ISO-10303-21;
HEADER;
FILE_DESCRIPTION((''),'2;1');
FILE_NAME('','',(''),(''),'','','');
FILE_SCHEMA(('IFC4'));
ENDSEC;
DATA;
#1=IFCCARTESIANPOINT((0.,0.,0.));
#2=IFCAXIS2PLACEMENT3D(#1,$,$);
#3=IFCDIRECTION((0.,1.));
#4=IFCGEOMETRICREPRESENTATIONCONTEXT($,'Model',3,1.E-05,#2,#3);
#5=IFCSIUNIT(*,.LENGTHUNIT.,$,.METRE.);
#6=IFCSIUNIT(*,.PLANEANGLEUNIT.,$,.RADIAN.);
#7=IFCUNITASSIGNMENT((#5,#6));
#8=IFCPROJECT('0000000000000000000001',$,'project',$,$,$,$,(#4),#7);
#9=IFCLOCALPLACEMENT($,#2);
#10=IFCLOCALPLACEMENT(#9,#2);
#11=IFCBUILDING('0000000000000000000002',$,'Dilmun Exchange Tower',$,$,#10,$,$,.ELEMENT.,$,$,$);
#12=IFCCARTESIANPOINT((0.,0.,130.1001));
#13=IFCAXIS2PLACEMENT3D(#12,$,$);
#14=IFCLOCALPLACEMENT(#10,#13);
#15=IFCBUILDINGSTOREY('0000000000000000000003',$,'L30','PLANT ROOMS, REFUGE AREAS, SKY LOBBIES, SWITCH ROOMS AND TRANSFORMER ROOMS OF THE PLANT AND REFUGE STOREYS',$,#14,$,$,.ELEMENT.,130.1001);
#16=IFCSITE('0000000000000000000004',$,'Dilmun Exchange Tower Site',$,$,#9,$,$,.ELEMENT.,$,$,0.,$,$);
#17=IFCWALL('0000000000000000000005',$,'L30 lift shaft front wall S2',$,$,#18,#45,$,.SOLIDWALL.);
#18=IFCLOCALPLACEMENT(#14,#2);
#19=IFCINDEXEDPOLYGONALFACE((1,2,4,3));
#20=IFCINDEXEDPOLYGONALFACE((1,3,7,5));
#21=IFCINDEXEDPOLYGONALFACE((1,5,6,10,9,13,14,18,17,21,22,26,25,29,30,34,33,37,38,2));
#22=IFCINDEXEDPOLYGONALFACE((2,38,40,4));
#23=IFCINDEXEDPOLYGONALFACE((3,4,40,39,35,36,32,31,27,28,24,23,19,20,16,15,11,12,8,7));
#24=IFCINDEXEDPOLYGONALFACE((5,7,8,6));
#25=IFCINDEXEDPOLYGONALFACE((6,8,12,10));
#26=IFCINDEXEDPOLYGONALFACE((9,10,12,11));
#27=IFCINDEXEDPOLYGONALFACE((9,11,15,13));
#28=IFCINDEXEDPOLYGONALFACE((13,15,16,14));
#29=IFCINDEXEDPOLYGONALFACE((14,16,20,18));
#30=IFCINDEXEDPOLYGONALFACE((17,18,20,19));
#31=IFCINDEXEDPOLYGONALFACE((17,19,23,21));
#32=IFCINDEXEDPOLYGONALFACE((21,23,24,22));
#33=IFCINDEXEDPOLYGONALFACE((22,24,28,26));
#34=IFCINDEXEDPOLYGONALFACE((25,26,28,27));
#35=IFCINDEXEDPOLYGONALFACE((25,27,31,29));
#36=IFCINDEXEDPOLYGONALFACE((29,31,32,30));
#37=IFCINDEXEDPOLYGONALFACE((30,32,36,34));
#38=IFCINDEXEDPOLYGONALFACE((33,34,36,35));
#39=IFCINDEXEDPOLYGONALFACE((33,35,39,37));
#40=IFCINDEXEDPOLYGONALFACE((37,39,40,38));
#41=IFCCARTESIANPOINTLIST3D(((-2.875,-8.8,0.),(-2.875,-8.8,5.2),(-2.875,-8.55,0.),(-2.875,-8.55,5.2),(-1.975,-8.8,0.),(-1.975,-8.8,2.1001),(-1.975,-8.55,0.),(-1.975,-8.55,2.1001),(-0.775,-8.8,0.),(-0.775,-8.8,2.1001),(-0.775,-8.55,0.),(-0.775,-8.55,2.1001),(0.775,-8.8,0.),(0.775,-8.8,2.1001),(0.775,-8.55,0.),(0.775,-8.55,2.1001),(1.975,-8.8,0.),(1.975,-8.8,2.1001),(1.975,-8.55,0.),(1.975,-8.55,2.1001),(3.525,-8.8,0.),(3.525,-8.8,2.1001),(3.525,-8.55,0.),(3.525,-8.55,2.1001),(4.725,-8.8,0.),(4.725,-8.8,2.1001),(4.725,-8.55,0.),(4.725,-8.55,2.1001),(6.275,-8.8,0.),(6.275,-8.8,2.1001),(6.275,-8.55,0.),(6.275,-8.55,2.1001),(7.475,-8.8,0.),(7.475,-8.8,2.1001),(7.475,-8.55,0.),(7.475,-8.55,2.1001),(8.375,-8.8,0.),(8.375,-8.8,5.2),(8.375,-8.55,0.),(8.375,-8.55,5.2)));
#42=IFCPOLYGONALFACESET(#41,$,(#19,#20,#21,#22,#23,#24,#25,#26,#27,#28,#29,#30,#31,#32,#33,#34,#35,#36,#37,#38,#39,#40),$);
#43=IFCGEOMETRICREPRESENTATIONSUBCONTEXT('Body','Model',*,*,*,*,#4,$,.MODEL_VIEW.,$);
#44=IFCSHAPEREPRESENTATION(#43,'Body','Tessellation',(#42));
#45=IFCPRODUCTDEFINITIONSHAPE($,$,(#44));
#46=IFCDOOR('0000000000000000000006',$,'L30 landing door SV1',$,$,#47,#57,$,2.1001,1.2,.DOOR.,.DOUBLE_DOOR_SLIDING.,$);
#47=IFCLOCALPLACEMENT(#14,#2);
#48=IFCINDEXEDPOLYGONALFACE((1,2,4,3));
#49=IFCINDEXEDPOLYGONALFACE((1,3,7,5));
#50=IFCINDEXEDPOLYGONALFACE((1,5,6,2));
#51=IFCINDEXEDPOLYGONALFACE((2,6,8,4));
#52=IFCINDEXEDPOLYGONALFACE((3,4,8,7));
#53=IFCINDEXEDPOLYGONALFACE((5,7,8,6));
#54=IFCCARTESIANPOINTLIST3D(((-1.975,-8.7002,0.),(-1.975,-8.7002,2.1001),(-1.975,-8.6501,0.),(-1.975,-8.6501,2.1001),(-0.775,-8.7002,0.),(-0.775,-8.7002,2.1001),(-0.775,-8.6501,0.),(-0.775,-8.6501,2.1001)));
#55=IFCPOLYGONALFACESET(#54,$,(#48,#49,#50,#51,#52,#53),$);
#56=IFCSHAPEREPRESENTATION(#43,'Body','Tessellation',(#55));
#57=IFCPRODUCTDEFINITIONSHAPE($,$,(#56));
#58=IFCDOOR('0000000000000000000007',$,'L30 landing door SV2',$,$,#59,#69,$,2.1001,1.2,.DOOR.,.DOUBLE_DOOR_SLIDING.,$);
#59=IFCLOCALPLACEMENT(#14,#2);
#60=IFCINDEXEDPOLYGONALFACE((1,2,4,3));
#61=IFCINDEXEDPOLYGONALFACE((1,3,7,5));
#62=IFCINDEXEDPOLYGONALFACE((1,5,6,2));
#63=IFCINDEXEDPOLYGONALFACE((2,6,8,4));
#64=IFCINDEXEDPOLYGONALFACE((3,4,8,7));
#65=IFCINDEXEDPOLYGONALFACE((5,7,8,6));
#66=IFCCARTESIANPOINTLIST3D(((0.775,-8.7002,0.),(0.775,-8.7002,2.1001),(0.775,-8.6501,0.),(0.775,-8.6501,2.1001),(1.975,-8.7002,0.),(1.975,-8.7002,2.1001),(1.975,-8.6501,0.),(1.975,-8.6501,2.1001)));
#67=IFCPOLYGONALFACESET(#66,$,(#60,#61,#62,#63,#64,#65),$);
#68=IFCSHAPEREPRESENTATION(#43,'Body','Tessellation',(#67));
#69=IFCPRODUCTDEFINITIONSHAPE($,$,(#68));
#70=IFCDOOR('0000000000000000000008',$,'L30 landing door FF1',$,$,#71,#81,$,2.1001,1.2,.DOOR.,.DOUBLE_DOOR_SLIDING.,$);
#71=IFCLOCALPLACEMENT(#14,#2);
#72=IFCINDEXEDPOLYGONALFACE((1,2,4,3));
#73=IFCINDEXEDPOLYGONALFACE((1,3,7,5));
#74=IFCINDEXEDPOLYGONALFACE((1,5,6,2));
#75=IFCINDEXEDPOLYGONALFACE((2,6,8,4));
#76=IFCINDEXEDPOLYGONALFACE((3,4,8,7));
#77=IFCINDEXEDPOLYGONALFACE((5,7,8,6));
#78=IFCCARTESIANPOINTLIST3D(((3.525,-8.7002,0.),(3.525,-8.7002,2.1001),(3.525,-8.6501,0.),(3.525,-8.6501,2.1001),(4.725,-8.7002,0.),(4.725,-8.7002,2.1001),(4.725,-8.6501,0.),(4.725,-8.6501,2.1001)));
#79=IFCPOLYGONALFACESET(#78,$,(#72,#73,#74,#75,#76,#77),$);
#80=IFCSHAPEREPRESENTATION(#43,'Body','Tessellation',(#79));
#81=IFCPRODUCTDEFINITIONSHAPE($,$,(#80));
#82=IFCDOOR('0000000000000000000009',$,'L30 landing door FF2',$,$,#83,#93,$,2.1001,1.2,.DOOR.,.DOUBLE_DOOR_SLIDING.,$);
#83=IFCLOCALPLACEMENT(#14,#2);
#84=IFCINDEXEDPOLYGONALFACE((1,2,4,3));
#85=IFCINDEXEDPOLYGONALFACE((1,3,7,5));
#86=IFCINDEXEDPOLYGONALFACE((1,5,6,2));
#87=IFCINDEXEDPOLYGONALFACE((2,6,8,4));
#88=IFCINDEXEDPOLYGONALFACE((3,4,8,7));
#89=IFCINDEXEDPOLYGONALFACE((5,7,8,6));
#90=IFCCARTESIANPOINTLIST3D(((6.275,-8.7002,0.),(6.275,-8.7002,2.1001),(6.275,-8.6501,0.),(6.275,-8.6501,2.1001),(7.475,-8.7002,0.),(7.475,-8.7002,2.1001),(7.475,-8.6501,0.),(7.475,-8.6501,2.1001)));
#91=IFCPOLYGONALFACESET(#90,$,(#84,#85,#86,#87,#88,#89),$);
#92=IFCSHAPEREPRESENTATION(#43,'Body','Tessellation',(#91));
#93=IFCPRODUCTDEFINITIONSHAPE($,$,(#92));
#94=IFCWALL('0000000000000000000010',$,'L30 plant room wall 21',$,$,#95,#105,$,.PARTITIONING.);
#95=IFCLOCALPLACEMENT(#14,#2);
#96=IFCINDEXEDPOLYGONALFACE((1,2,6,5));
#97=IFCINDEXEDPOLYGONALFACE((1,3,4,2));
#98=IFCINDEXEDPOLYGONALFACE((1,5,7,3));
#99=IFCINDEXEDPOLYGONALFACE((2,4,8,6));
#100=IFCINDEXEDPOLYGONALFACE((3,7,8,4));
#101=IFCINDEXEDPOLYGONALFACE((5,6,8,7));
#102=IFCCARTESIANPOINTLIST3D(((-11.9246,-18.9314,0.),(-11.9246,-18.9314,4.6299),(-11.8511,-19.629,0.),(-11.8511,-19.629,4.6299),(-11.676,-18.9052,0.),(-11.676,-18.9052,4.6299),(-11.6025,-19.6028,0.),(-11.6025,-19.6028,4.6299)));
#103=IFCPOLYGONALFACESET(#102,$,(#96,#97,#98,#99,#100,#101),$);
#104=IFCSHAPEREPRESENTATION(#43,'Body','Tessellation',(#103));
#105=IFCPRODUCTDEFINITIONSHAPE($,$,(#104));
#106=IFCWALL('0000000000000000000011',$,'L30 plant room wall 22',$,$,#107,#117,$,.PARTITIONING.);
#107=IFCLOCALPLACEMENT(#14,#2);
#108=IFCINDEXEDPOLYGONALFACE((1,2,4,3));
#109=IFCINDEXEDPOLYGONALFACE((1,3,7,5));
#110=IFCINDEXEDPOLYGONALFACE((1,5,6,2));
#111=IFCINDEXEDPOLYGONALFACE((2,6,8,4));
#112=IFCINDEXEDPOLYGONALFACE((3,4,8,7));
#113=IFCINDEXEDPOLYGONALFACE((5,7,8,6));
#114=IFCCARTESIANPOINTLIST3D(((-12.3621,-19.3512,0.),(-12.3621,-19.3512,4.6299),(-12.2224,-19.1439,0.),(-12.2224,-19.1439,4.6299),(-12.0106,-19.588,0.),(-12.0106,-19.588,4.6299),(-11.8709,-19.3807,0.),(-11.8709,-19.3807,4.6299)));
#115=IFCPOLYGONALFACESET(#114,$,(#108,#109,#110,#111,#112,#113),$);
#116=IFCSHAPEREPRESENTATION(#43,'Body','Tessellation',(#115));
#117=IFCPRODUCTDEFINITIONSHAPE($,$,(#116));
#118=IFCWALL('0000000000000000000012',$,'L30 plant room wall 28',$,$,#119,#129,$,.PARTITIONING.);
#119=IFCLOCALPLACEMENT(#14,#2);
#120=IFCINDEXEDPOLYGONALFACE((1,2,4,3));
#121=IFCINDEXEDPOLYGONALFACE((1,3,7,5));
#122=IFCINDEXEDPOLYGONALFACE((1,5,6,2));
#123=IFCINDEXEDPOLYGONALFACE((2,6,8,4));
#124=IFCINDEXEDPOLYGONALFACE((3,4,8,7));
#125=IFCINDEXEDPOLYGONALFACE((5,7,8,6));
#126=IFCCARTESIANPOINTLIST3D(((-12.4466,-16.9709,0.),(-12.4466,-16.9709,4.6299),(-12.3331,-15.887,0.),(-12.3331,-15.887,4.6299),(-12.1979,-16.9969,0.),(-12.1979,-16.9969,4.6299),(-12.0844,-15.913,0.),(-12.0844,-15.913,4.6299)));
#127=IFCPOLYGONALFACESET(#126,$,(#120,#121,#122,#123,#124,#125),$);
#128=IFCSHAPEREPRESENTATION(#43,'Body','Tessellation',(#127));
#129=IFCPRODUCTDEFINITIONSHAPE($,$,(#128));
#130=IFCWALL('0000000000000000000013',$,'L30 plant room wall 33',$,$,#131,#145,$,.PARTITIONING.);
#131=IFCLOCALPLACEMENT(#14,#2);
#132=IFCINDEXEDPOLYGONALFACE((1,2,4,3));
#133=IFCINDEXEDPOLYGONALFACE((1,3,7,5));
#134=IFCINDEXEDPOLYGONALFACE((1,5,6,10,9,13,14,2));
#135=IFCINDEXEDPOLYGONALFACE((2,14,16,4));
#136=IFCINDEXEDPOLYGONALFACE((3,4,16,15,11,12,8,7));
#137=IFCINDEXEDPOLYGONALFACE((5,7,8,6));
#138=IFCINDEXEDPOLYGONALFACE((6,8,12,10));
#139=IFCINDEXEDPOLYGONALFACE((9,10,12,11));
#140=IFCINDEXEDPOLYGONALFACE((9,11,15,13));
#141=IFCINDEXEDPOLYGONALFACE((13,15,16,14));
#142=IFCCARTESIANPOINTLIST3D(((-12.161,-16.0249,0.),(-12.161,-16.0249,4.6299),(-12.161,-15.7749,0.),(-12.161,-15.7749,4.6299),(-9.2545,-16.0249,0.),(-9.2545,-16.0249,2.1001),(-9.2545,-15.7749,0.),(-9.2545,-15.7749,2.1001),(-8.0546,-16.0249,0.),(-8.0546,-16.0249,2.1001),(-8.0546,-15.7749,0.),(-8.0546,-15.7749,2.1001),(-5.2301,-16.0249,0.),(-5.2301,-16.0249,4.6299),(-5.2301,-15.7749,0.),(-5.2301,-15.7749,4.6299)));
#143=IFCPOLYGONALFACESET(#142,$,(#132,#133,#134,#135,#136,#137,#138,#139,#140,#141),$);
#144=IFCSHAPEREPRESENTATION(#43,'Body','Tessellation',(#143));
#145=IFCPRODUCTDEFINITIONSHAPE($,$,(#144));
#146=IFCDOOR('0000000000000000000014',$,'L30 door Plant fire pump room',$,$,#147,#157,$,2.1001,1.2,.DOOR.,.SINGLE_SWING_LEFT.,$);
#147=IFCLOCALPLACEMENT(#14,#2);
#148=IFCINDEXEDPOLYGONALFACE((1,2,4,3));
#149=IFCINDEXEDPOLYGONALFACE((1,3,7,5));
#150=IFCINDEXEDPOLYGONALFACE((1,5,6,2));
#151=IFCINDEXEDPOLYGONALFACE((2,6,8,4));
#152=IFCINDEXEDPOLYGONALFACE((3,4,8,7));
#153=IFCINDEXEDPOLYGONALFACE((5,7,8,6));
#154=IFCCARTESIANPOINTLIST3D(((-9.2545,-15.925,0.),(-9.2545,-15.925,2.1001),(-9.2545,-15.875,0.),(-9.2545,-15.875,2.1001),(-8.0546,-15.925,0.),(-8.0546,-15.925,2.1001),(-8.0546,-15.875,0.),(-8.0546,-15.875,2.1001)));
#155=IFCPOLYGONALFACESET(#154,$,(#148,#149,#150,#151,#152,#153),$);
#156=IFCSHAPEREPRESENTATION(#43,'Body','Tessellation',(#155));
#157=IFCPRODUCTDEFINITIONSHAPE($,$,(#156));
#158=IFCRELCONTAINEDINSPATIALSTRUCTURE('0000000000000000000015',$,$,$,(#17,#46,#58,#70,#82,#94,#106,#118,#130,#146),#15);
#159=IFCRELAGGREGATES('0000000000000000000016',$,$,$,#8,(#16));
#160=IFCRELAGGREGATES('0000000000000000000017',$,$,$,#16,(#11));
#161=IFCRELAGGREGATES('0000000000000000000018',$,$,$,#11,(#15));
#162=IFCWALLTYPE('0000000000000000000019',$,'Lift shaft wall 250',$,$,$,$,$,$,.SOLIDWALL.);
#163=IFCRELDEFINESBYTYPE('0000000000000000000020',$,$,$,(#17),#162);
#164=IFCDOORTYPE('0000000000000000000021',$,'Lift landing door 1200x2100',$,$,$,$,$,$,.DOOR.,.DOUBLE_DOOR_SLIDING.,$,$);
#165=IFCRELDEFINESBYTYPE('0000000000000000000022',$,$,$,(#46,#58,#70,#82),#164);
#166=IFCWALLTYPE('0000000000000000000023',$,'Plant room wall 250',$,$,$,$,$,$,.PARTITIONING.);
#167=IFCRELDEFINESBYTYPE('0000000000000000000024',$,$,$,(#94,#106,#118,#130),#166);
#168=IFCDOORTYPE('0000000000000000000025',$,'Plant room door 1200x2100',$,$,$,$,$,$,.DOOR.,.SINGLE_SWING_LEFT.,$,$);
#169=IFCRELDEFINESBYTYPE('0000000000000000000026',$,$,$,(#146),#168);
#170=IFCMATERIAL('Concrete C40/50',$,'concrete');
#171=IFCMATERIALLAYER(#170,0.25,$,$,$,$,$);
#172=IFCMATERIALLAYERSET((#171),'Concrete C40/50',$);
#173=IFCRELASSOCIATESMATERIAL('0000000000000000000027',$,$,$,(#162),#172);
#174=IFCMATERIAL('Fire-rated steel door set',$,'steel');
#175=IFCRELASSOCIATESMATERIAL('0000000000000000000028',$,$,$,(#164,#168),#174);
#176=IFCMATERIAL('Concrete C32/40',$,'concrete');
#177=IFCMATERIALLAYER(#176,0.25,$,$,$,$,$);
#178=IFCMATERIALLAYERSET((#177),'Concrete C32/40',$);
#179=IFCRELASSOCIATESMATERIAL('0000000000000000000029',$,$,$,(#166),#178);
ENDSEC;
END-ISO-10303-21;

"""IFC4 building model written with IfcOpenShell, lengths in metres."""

from ifc_helpers import new_model, si_unit, direction, frame, frame_2d, origin, place, context, subcontext, project, spatial, rectangle, extrude, material, layer, layer_set, type_object, element, fill, save


model = new_model("IFC4")

# Units and contexts
model_context = context("Model", 3, precision=1e-05, world=origin(), true_north=direction((0.0, 1.0)))
body_context = subcontext(model_context, "Body", "Model", "MODEL_VIEW")
ifc_project = project(units=[si_unit("LENGTHUNIT", "METRE"), si_unit("PLANEANGLEUNIT", "RADIAN")], contexts=[model_context])

# Site, building, storey
site_placement = place(None, origin())
site = spatial("IfcSite", under=ifc_project, at=site_placement, Name="Dilmun Exchange Tower Site", CompositionType="ELEMENT", RefElevation=0.0)
building_placement = place(site_placement, origin())
building = spatial("IfcBuilding", under=site, at=building_placement, Name="Dilmun Exchange Tower", CompositionType="ELEMENT")
storey_placement = place(building_placement, frame((0.0, 0.0, 130.1001)))
storey = spatial("IfcBuildingStorey", under=building, at=storey_placement, Name="L30", Description="PLANT ROOMS, REFUGE AREAS, SKY LOBBIES, SWITCH ROOMS AND TRANSFORMER ROOMS OF THE PLANT AND REFUGE STOREYS", CompositionType="ELEMENT", Elevation=130.1001)

# Shared definitions
ifc_material_1 = material(Name="Concrete C40/50", Category="concrete")
ifc_material_2 = material(Name="Fire-rated steel door set", Category="steel")

# Wall, openings, doors
ifc_layer_1 = layer(ifc_material_1, 0.25)
ifc_layer_set_1 = layer_set([ifc_layer_1], Name="Concrete C40/50")
wall_type_1 = type_object("IfcWallType", Name="Lift shaft wall 250", PredefinedType="SOLIDWALL", material=ifc_layer_set_1)
wall_1_placement = place(storey_placement, frame((-2.875, -8.675, 0.0), z_axis=(0.0, 0.0, 1.0), x_axis=(1.0, 0.0, 0.0)))
wall_1 = element("IfcWall", 1, at=wall_1_placement, inside=storey, type_object=wall_type_1, Name="L30 lift shaft front wall S2", PredefinedType="SOLIDWALL", context=body_context, shape_type="SweptSolid", body=[
    extrude(rectangle(XDim=11.25, YDim=0.25, at=frame_2d((5.625, 0.0))), origin(), (0.0, 0.0, 1.0), 5.2),
])
opening_1_placement = place(wall_1_placement, frame((0.8999, 0.0, 0.0)))
opening_1 = element("IfcOpeningElement", 2, at=opening_1_placement, cuts=wall_1, PredefinedType="OPENING", context=body_context, shape_type="SweptSolid", body=[
    extrude(rectangle(XDim=1.2, YDim=2.1001, at=frame_2d((0.6001, 1.05))), frame((0.0, 0.135, 0.0), z_axis=(0.0, -1.0, 0.0), x_axis=(1.0, 0.0, 0.0)), (0.0, 0.0, 1.0), 0.27),
])
opening_2_placement = place(wall_1_placement, frame((3.6499, 0.0, 0.0)))
opening_2 = element("IfcOpeningElement", 3, at=opening_2_placement, cuts=wall_1, PredefinedType="OPENING", context=body_context, shape_type="SweptSolid", body=[
    extrude(rectangle(XDim=1.2, YDim=2.1001, at=frame_2d((0.6001, 1.05))), frame((0.0, 0.135, 0.0), z_axis=(0.0, -1.0, 0.0), x_axis=(1.0, 0.0, 0.0)), (0.0, 0.0, 1.0), 0.27),
])
opening_3_placement = place(wall_1_placement, frame((6.3999, 0.0, 0.0)))
opening_3 = element("IfcOpeningElement", 4, at=opening_3_placement, cuts=wall_1, PredefinedType="OPENING", context=body_context, shape_type="SweptSolid", body=[
    extrude(rectangle(XDim=1.2, YDim=2.1001, at=frame_2d((0.6001, 1.05))), frame((0.0, 0.135, 0.0), z_axis=(0.0, -1.0, 0.0), x_axis=(1.0, 0.0, 0.0)), (0.0, 0.0, 1.0), 0.27),
])
opening_4_placement = place(wall_1_placement, frame((9.1499, 0.0, 0.0)))
opening_4 = element("IfcOpeningElement", 5, at=opening_4_placement, cuts=wall_1, PredefinedType="OPENING", context=body_context, shape_type="SweptSolid", body=[
    extrude(rectangle(XDim=1.2, YDim=2.1001, at=frame_2d((0.6001, 1.05))), frame((0.0, 0.135, 0.0), z_axis=(0.0, -1.0, 0.0), x_axis=(1.0, 0.0, 0.0)), (0.0, 0.0, 1.0), 0.27),
])
door_type_1 = type_object("IfcDoorType", Name="Lift landing door 1200x2100", OperationType="DOUBLE_DOOR_SLIDING", PredefinedType="DOOR", material=ifc_material_2)
door_1_placement = place(opening_1_placement, origin())
door_1 = element("IfcDoor", 6, at=door_1_placement, inside=storey, type_object=door_type_1, Name="L30 landing door SV1", OperationType="DOUBLE_DOOR_SLIDING", OverallHeight=2.1001, OverallWidth=1.2, PredefinedType="DOOR", context=body_context, shape_type="SweptSolid", body=[
    extrude(rectangle(XDim=1.2, YDim=2.1001, at=frame_2d((0.6001, 1.05))), frame((0.0, 0.0249, 0.0), z_axis=(0.0, -1.0, 0.0), x_axis=(1.0, 0.0, 0.0)), (0.0, 0.0, 1.0), 0.05),
])
fill(opening_1, door_1)
door_2_placement = place(opening_2_placement, origin())
door_2 = element("IfcDoor", 7, at=door_2_placement, inside=storey, type_object=door_type_1, Name="L30 landing door SV2", OperationType="DOUBLE_DOOR_SLIDING", OverallHeight=2.1001, OverallWidth=1.2, PredefinedType="DOOR", context=body_context, shape_type="SweptSolid", body=[
    extrude(rectangle(XDim=1.2, YDim=2.1001, at=frame_2d((0.6001, 1.05))), frame((0.0, 0.0249, 0.0), z_axis=(0.0, -1.0, 0.0), x_axis=(1.0, 0.0, 0.0)), (0.0, 0.0, 1.0), 0.05),
])
fill(opening_2, door_2)
door_3_placement = place(opening_3_placement, origin())
door_3 = element("IfcDoor", 8, at=door_3_placement, inside=storey, type_object=door_type_1, Name="L30 landing door FF1", OperationType="DOUBLE_DOOR_SLIDING", OverallHeight=2.1001, OverallWidth=1.2, PredefinedType="DOOR", context=body_context, shape_type="SweptSolid", body=[
    extrude(rectangle(XDim=1.2, YDim=2.1001, at=frame_2d((0.6001, 1.05))), frame((0.0, 0.0249, 0.0), z_axis=(0.0, -1.0, 0.0), x_axis=(1.0, 0.0, 0.0)), (0.0, 0.0, 1.0), 0.05),
])
fill(opening_3, door_3)
door_4_placement = place(opening_4_placement, origin())
door_4 = element("IfcDoor", 9, at=door_4_placement, inside=storey, type_object=door_type_1, Name="L30 landing door FF2", OperationType="DOUBLE_DOOR_SLIDING", OverallHeight=2.1001, OverallWidth=1.2, PredefinedType="DOOR", context=body_context, shape_type="SweptSolid", body=[
    extrude(rectangle(XDim=1.2, YDim=2.1001, at=frame_2d((0.6001, 1.05))), frame((0.0, 0.0249, 0.0), z_axis=(0.0, -1.0, 0.0), x_axis=(1.0, 0.0, 0.0)), (0.0, 0.0, 1.0), 0.05),
])
fill(opening_4, door_4)

# Walls
ifc_material_3 = material(Name="Concrete C32/40", Category="concrete")
ifc_layer_2 = layer(ifc_material_3, 0.25)
ifc_layer_set_2 = layer_set([ifc_layer_2], Name="Concrete C32/40")
wall_type_2 = type_object("IfcWallType", Name="Plant room wall 250", PredefinedType="PARTITIONING", material=ifc_layer_set_2)
wall_2_placement = place(storey_placement, frame((-11.8003, -18.9185, 0.0), z_axis=(0.0, 0.0, 1.0), x_axis=(0.104775, -0.994496, 0.0)))
element("IfcWall", 10, at=wall_2_placement, inside=storey, type_object=wall_type_2, Name="L30 plant room wall 21", PredefinedType="PARTITIONING", context=body_context, shape_type="SweptSolid", body=[
    extrude(rectangle(XDim=0.7014, YDim=0.25, at=frame_2d((0.3506, 0.0))), origin(), (0.0, 0.0, 1.0), 4.6299),
])
wall_3_placement = place(storey_placement, frame((-12.2922, -19.2476, 0.0), z_axis=(0.0, 0.0, 1.0), x_axis=(0.829382, -0.558681, 0.0)))
element("IfcWall", 11, at=wall_3_placement, inside=storey, type_object=wall_type_2, Name="L30 plant room wall 22", PredefinedType="PARTITIONING", context=body_context, shape_type="SweptSolid", body=[
    extrude(rectangle(XDim=0.4238, YDim=0.25, at=frame_2d((0.2119, 0.0))), origin(), (0.0, 0.0, 1.0), 4.6299),
])
wall_4_placement = place(storey_placement, frame((-12.3223, -16.9839, 0.0), z_axis=(0.0, 0.0, 1.0), x_axis=(0.10416, 0.994561, 0.0)))
element("IfcWall", 12, at=wall_4_placement, inside=storey, type_object=wall_type_2, Name="L30 plant room wall 28", PredefinedType="PARTITIONING", context=body_context, shape_type="SweptSolid", body=[
    extrude(rectangle(XDim=1.0898, YDim=0.25, at=frame_2d((0.5449, 0.0))), origin(), (0.0, 0.0, 1.0), 4.6299),
])

# Wall, opening, door
wall_5_placement = place(storey_placement, frame((-12.1609, -15.8999, 0.0), z_axis=(0.0, 0.0, 1.0), x_axis=(1.0, 0.0, 0.0)))
wall_5 = element("IfcWall", 13, at=wall_5_placement, inside=storey, type_object=wall_type_2, Name="L30 plant room wall 33", PredefinedType="PARTITIONING", context=body_context, shape_type="SweptSolid", body=[
    extrude(rectangle(XDim=6.9309, YDim=0.25, at=frame_2d((3.4653, 0.0))), origin(), (0.0, 0.0, 1.0), 4.6299),
])
opening_5_placement = place(wall_5_placement, frame((2.9062, 0.0, 0.0)))
opening_5 = element("IfcOpeningElement", 14, at=opening_5_placement, cuts=wall_5, PredefinedType="OPENING", context=body_context, shape_type="SweptSolid", body=[
    extrude(rectangle(XDim=1.2, YDim=2.1001, at=frame_2d((0.6001, 1.05))), frame((0.0, 0.135, 0.0), z_axis=(0.0, -1.0, 0.0), x_axis=(1.0, 0.0, 0.0)), (0.0, 0.0, 1.0), 0.27),
])
door_type_2 = type_object("IfcDoorType", Name="Plant room door 1200x2100", OperationType="SINGLE_SWING_LEFT", PredefinedType="DOOR", material=ifc_material_2)
door_5_placement = place(opening_5_placement, origin())
door_5 = element("IfcDoor", 15, at=door_5_placement, inside=storey, type_object=door_type_2, Name="L30 door Plant fire pump room", OperationType="SINGLE_SWING_LEFT", OverallHeight=2.1001, OverallWidth=1.2, PredefinedType="DOOR", context=body_context, shape_type="SweptSolid", body=[
    extrude(rectangle(XDim=1.2, YDim=2.1001, at=frame_2d((0.6001, 1.05))), frame((0.0, 0.0249, 0.0), z_axis=(0.0, -1.0, 0.0), x_axis=(1.0, 0.0, 0.0)), (0.0, 0.0, 1.0), 0.05),
])
fill(opening_5, door_5)

save(model, "model.ifc")
